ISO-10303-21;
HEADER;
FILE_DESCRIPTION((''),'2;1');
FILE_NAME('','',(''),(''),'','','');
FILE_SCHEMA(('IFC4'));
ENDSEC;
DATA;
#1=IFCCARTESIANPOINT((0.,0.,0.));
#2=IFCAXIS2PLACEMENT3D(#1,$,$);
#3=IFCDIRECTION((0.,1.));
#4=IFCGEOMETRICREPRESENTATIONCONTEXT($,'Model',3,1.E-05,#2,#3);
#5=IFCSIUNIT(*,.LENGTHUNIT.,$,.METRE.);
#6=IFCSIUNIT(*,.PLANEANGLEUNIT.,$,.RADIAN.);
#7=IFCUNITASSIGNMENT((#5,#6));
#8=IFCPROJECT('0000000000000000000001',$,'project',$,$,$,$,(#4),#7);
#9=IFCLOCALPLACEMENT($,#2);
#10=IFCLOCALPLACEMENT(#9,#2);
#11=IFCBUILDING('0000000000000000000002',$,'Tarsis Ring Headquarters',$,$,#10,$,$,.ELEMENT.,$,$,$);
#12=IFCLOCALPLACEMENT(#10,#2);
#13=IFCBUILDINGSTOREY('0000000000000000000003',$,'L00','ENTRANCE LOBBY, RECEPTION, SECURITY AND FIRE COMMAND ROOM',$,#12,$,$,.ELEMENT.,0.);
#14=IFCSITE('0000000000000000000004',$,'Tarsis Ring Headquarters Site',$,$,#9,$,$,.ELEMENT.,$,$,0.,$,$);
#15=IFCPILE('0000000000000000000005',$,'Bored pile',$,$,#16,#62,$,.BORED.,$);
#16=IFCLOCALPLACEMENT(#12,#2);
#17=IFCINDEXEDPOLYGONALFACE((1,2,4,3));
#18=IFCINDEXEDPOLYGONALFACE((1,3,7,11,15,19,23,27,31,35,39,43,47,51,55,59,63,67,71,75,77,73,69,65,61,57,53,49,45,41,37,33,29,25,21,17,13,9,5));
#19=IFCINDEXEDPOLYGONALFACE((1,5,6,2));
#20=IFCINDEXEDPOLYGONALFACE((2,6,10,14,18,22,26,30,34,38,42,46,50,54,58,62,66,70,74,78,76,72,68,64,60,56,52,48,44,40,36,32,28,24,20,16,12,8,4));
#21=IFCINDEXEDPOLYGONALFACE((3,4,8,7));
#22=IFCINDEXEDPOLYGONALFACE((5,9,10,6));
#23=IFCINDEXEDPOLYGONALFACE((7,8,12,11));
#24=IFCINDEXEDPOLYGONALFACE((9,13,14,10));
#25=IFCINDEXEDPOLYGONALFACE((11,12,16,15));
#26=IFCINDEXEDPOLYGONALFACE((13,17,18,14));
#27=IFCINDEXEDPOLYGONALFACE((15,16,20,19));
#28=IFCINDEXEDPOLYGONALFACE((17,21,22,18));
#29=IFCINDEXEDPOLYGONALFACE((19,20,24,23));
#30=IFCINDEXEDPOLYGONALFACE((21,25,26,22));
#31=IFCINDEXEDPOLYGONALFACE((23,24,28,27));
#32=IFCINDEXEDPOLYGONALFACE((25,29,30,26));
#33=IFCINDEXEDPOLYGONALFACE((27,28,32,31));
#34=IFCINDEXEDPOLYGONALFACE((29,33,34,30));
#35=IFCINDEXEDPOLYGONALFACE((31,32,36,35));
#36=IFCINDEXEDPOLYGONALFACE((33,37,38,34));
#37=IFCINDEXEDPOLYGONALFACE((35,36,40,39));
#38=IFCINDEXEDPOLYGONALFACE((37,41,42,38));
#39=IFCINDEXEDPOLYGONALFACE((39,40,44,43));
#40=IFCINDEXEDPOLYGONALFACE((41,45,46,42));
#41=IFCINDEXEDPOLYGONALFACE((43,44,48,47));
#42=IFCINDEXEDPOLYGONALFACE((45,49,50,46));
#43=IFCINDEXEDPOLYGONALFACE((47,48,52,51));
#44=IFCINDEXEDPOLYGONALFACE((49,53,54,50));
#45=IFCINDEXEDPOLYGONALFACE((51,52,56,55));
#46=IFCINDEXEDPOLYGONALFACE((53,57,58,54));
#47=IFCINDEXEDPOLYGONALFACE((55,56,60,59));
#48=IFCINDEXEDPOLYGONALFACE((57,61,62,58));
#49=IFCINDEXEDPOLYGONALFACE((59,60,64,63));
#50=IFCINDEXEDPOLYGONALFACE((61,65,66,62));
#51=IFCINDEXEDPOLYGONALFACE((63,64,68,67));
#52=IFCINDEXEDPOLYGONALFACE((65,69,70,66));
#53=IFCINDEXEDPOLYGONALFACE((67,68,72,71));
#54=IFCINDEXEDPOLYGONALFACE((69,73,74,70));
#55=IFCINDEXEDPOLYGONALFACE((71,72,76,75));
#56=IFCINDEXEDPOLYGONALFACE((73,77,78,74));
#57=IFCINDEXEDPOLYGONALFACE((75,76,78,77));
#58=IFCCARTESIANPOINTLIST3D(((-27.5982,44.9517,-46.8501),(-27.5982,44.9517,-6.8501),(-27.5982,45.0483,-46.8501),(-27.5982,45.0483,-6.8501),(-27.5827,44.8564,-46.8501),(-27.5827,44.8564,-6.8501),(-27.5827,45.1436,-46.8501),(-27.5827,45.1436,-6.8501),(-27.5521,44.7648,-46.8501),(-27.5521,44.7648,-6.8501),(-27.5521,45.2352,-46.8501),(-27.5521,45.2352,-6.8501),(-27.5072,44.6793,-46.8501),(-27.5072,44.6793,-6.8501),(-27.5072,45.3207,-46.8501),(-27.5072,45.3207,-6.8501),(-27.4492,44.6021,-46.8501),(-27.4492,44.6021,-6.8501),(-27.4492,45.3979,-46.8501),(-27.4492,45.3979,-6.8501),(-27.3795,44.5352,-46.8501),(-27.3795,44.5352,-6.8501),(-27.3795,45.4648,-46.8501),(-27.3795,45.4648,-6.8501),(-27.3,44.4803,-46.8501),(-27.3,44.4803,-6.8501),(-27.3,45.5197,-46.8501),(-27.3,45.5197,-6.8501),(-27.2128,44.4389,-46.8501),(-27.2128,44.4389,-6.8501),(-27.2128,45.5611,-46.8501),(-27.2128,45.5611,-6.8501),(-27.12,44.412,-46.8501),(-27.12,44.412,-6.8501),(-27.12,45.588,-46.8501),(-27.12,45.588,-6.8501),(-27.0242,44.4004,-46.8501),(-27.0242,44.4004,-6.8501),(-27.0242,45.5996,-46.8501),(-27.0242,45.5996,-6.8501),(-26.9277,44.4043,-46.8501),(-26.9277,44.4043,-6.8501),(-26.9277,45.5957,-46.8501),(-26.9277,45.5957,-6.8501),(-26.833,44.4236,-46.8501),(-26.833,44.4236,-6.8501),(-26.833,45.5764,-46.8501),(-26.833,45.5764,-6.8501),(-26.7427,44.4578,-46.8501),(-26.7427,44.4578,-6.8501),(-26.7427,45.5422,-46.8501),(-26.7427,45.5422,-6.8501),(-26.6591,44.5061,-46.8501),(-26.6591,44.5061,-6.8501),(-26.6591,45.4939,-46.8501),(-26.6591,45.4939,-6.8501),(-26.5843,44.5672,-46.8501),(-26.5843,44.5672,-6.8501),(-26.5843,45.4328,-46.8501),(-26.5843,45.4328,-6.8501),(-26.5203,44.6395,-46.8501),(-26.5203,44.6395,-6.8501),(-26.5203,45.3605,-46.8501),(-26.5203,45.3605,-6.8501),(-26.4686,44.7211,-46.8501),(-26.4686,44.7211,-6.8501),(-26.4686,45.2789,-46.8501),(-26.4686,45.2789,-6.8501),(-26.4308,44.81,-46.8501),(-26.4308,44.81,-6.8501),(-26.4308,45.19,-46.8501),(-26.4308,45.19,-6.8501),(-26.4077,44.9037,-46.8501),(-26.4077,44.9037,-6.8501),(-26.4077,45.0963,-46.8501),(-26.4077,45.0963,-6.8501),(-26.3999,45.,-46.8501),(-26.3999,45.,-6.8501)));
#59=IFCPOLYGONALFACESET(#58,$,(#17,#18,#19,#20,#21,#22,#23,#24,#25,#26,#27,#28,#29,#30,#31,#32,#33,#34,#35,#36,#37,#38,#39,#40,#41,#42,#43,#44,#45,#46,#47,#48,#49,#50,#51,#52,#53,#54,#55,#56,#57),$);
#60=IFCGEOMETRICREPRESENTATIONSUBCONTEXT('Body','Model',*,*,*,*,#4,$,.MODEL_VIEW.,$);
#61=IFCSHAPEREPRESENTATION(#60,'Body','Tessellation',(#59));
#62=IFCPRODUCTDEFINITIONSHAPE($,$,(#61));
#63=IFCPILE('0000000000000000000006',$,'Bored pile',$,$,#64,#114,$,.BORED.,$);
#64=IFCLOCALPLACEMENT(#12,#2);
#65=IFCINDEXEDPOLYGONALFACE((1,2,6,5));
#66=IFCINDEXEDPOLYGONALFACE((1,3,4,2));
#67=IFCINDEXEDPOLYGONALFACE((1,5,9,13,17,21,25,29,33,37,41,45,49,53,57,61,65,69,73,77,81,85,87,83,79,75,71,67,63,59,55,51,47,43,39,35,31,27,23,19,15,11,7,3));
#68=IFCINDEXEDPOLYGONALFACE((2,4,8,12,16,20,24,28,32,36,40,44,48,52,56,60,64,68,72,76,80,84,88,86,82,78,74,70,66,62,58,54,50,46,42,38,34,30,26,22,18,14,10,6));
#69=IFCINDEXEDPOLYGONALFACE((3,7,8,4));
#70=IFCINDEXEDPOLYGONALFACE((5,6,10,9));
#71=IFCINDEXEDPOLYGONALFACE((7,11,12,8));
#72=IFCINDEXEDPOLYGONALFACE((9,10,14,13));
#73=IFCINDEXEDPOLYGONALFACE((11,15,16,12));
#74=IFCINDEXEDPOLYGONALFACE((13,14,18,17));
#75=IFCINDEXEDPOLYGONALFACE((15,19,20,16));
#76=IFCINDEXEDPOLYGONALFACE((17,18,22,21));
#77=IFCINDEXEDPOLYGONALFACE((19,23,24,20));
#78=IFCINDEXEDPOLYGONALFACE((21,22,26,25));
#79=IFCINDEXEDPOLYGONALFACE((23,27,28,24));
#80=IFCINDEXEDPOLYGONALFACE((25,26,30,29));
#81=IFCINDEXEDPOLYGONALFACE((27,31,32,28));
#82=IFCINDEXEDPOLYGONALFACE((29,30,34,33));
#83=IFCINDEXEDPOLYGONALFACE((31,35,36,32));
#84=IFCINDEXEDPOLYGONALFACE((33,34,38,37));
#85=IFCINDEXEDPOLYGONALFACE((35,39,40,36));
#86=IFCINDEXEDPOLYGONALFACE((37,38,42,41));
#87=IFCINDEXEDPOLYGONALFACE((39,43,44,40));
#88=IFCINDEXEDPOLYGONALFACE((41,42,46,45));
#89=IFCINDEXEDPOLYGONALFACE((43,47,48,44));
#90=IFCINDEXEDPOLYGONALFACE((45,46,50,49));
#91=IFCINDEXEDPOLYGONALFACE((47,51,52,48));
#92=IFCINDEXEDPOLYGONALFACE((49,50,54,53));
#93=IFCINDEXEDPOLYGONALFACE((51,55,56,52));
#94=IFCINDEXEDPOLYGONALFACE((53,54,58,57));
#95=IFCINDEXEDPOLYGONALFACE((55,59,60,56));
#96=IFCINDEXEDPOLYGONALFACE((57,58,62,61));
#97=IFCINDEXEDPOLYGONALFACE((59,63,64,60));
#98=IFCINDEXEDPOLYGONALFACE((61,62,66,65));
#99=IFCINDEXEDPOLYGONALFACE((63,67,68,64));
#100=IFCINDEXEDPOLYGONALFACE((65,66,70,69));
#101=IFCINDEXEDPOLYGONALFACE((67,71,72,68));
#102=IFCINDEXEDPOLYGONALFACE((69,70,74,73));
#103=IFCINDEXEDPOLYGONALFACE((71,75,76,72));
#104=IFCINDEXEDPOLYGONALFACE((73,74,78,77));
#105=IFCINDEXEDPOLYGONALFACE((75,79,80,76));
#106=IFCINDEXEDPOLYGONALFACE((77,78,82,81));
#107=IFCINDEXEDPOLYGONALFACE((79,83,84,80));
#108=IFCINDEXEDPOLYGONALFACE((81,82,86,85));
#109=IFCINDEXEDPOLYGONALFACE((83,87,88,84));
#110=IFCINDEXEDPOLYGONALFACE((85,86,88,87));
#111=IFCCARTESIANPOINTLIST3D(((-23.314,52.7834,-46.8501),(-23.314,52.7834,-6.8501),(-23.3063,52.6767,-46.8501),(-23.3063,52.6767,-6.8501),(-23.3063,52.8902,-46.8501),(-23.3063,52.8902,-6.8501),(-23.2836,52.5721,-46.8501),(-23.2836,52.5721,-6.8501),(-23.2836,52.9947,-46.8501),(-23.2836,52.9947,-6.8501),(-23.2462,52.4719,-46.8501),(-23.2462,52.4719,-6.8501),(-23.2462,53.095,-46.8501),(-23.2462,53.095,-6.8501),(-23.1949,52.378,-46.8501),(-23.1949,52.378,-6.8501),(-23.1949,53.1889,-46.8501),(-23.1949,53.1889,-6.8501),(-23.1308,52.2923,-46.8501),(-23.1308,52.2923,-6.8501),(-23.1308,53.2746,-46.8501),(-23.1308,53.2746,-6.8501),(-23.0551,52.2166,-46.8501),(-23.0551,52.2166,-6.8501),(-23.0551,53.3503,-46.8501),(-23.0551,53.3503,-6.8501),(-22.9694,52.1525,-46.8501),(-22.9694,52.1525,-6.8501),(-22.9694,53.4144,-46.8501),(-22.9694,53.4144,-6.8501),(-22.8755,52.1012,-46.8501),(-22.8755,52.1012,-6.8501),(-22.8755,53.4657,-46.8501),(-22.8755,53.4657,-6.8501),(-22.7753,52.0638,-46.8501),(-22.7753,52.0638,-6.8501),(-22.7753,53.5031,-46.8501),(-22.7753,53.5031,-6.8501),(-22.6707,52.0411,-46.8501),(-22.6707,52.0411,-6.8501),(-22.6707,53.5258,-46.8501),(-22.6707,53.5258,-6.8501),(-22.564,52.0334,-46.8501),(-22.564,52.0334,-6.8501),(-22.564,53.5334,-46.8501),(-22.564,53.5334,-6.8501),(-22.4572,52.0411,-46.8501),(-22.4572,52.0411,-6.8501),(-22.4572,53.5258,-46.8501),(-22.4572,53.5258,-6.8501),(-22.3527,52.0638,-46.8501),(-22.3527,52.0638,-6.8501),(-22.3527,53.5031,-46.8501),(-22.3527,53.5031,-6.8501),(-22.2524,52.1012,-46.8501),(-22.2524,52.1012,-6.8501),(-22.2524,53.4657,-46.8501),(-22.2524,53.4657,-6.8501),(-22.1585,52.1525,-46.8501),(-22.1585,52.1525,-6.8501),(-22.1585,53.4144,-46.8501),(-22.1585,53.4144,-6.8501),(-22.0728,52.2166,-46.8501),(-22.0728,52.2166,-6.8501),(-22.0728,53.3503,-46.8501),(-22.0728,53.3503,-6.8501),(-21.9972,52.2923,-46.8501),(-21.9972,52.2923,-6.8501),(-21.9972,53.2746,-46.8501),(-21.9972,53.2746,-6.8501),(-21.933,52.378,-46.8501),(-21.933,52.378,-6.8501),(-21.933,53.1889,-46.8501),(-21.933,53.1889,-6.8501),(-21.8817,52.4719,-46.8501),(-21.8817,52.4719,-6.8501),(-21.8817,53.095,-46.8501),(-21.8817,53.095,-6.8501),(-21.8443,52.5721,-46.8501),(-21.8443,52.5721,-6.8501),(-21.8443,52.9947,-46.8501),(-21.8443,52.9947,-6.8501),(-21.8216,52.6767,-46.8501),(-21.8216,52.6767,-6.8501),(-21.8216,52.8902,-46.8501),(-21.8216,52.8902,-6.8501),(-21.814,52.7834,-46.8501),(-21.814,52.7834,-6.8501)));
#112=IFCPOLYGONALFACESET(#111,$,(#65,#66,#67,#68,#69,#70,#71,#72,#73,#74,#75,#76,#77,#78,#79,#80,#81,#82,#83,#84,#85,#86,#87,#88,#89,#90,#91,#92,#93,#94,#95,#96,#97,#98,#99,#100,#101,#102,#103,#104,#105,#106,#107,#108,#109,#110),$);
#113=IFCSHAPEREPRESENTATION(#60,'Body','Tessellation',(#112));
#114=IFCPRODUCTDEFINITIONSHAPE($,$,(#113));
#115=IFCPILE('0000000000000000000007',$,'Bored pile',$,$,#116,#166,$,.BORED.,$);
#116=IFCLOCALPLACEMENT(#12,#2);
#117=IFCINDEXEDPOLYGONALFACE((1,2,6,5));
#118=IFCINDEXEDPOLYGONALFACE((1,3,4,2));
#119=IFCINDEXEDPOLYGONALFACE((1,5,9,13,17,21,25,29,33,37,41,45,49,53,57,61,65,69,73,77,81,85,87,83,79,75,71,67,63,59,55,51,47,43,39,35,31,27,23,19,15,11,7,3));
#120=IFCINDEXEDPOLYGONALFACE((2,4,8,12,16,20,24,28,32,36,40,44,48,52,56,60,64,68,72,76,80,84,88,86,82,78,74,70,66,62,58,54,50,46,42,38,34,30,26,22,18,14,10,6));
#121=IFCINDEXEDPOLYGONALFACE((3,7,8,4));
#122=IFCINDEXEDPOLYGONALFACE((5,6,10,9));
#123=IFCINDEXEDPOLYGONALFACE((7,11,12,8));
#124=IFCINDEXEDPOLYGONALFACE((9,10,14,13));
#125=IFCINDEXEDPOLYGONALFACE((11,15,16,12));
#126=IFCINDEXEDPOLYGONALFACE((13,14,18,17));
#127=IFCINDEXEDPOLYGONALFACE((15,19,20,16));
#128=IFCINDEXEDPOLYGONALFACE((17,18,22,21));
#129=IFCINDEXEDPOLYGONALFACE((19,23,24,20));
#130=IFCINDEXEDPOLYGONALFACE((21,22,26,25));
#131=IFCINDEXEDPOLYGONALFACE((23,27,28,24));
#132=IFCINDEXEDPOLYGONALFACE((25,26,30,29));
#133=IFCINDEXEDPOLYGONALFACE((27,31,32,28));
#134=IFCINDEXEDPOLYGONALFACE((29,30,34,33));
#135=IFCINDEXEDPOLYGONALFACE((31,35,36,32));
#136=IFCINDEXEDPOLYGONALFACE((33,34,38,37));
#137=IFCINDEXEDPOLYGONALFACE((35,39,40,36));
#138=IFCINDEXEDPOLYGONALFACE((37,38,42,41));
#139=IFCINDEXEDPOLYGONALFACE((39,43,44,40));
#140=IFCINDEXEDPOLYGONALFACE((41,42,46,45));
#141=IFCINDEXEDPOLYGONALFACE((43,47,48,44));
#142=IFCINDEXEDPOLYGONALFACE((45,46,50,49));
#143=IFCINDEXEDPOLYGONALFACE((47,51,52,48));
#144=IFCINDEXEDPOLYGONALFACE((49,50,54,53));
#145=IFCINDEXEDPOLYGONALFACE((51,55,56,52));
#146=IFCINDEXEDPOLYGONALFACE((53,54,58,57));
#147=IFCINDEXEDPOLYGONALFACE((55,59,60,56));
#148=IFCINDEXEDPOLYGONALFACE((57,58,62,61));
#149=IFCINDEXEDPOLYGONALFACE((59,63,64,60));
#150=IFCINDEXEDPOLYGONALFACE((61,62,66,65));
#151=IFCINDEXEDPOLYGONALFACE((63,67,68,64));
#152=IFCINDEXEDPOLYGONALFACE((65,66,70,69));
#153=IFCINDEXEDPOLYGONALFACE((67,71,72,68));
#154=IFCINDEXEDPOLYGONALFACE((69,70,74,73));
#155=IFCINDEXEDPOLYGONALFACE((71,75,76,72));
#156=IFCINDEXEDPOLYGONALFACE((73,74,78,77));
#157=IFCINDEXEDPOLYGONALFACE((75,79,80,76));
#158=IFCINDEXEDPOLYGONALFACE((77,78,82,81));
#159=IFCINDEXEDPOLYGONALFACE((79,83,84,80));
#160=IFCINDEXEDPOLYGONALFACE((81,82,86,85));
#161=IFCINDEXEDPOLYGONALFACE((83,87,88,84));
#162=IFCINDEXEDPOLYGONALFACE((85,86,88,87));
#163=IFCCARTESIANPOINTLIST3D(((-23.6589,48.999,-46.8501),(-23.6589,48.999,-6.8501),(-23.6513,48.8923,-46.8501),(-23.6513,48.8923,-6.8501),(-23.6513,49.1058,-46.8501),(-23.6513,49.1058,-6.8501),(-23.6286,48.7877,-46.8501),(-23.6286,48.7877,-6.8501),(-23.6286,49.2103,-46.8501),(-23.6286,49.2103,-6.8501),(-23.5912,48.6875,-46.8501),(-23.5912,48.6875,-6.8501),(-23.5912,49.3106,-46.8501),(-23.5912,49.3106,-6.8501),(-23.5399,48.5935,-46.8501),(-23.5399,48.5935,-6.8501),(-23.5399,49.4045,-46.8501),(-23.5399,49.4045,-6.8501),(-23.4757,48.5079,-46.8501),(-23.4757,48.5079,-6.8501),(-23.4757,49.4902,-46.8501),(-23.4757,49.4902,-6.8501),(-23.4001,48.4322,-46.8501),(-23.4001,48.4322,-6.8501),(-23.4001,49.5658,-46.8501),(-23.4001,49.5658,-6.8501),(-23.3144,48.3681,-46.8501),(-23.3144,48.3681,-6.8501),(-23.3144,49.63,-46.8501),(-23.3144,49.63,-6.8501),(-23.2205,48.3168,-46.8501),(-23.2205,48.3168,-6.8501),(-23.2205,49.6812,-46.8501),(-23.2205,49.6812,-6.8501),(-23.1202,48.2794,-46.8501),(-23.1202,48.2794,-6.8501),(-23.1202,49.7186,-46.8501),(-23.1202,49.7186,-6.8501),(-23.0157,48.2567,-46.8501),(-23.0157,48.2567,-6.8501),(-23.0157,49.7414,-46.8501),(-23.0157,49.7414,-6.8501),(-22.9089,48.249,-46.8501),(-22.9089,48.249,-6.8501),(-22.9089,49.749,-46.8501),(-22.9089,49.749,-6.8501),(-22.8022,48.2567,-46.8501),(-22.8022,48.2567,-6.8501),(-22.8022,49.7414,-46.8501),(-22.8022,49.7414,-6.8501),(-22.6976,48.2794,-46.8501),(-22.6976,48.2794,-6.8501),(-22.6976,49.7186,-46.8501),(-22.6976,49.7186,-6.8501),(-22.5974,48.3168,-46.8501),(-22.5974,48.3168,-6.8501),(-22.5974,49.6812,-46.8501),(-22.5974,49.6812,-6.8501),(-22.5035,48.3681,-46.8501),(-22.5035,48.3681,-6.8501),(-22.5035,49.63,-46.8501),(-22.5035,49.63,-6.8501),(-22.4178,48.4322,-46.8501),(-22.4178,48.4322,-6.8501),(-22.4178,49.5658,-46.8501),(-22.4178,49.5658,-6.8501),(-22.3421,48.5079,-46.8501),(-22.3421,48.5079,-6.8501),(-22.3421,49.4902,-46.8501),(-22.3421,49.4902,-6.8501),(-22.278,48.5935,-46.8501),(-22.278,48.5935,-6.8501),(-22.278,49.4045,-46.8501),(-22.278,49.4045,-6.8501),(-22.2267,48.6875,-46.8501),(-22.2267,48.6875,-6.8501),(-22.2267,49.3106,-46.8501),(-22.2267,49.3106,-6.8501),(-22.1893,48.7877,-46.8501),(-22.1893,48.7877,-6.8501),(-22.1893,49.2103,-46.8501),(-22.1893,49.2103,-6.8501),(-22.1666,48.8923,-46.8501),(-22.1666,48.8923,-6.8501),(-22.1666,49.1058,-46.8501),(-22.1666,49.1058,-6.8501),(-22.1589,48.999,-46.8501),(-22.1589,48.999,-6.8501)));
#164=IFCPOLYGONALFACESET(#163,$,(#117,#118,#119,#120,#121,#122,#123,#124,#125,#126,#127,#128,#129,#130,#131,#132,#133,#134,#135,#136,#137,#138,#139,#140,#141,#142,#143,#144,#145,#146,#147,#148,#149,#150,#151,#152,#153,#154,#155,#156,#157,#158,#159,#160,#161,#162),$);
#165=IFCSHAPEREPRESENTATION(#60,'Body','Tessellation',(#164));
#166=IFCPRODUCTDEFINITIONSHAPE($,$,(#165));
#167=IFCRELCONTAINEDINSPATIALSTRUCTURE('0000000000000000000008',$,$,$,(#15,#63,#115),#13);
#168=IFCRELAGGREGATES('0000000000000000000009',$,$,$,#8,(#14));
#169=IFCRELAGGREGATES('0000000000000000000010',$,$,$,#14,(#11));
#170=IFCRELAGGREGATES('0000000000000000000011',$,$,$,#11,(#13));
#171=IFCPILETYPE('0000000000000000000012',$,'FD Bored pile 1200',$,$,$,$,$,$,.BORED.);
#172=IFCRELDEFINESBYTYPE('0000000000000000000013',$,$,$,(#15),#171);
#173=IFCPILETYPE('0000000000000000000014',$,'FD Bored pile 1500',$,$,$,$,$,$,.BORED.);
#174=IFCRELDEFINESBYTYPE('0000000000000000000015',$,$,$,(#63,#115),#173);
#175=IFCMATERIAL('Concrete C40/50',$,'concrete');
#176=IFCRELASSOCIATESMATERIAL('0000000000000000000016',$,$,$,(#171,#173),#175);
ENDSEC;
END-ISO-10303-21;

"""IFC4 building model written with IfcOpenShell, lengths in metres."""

from ifc_helpers import new_model, si_unit, direction, frame, origin, origin_2d, place, context, subcontext, project, spatial, circle, extrude, material, material_profile, profile_set, type_object, element, save


model = new_model("IFC4")

# Units and contexts
model_context = context("Model", 3, precision=1e-05, world=origin(), true_north=direction((0.0, 1.0)))
body_context = subcontext(model_context, "Body", "Model", "MODEL_VIEW")
ifc_project = project(units=[si_unit("LENGTHUNIT", "METRE"), si_unit("PLANEANGLEUNIT", "RADIAN")], contexts=[model_context])

# Site, building, storey
site_placement = place(None, origin())
site = spatial("IfcSite", under=ifc_project, at=site_placement, Name="Tarsis Ring Headquarters Site", CompositionType="ELEMENT", RefElevation=0.0)
building_placement = place(site_placement, origin())
building = spatial("IfcBuilding", under=site, at=building_placement, Name="Tarsis Ring Headquarters", CompositionType="ELEMENT")
storey_placement = place(building_placement, origin())
storey = spatial("IfcBuildingStorey", under=building, at=storey_placement, Name="L00", Description="ENTRANCE LOBBY, RECEPTION, SECURITY AND FIRE COMMAND ROOM", CompositionType="ELEMENT", Elevation=0.0)

# Piles
ifc_material_1 = material(Name="Concrete C40/50", Category="concrete")
ifc_material_profile_1 = material_profile(ifc_material_1, circle(Radius=0.6001, at=origin_2d()), Name="BORED 1200")
ifc_profile_set_1 = profile_set([ifc_material_profile_1], Name="Concrete C40/50")
pile_type_1 = type_object("IfcPileType", Name="FD Bored pile 1200", PredefinedType="BORED", material=ifc_profile_set_1)
pile_placement = place(storey_placement, frame((-27.0, 45.0, -6.8501), z_axis=(0.0, 0.0, -1.0), x_axis=(1.0, 0.0, 0.0)))
element("IfcPile", 1, at=pile_placement, inside=storey, type_object=pile_type_1, Name="Bored pile", PredefinedType="BORED", context=body_context, shape_type="SweptSolid", body=[
    extrude(circle(Radius=0.6001, at=origin_2d()), origin(), (0.0, 0.0, 1.0), 40.0),
])
ifc_material_profile_2 = material_profile(ifc_material_1, circle(Radius=0.75, at=origin_2d()), Name="BORED 1500")
ifc_profile_set_2 = profile_set([ifc_material_profile_2], Name="Concrete C40/50")
pile_type_2 = type_object("IfcPileType", Name="FD Bored pile 1500", PredefinedType="BORED", material=ifc_profile_set_2)
for number, where, z_axis, x_axis, name in (
    (2, (-22.564, 52.7834, -6.8501), (0.0, 0.0, -1.0), (1.0, 0.0, 0.0), "Bored pile"),
    (3, (-22.9089, 48.999, -6.8501), (0.0, 0.0, -1.0), (1.0, 0.0, 0.0), "Bored pile"),
):
    element("IfcPile", number, at=place(storey_placement, frame(where, z_axis=z_axis, x_axis=x_axis)), inside=storey, type_object=pile_type_2, Name=name, PredefinedType="BORED", context=body_context, shape_type="SweptSolid", body=[
        extrude(circle(Radius=0.75, at=origin_2d()), origin(), (0.0, 0.0, 1.0), 40.0),
    ])

save(model, "model.ifc")
